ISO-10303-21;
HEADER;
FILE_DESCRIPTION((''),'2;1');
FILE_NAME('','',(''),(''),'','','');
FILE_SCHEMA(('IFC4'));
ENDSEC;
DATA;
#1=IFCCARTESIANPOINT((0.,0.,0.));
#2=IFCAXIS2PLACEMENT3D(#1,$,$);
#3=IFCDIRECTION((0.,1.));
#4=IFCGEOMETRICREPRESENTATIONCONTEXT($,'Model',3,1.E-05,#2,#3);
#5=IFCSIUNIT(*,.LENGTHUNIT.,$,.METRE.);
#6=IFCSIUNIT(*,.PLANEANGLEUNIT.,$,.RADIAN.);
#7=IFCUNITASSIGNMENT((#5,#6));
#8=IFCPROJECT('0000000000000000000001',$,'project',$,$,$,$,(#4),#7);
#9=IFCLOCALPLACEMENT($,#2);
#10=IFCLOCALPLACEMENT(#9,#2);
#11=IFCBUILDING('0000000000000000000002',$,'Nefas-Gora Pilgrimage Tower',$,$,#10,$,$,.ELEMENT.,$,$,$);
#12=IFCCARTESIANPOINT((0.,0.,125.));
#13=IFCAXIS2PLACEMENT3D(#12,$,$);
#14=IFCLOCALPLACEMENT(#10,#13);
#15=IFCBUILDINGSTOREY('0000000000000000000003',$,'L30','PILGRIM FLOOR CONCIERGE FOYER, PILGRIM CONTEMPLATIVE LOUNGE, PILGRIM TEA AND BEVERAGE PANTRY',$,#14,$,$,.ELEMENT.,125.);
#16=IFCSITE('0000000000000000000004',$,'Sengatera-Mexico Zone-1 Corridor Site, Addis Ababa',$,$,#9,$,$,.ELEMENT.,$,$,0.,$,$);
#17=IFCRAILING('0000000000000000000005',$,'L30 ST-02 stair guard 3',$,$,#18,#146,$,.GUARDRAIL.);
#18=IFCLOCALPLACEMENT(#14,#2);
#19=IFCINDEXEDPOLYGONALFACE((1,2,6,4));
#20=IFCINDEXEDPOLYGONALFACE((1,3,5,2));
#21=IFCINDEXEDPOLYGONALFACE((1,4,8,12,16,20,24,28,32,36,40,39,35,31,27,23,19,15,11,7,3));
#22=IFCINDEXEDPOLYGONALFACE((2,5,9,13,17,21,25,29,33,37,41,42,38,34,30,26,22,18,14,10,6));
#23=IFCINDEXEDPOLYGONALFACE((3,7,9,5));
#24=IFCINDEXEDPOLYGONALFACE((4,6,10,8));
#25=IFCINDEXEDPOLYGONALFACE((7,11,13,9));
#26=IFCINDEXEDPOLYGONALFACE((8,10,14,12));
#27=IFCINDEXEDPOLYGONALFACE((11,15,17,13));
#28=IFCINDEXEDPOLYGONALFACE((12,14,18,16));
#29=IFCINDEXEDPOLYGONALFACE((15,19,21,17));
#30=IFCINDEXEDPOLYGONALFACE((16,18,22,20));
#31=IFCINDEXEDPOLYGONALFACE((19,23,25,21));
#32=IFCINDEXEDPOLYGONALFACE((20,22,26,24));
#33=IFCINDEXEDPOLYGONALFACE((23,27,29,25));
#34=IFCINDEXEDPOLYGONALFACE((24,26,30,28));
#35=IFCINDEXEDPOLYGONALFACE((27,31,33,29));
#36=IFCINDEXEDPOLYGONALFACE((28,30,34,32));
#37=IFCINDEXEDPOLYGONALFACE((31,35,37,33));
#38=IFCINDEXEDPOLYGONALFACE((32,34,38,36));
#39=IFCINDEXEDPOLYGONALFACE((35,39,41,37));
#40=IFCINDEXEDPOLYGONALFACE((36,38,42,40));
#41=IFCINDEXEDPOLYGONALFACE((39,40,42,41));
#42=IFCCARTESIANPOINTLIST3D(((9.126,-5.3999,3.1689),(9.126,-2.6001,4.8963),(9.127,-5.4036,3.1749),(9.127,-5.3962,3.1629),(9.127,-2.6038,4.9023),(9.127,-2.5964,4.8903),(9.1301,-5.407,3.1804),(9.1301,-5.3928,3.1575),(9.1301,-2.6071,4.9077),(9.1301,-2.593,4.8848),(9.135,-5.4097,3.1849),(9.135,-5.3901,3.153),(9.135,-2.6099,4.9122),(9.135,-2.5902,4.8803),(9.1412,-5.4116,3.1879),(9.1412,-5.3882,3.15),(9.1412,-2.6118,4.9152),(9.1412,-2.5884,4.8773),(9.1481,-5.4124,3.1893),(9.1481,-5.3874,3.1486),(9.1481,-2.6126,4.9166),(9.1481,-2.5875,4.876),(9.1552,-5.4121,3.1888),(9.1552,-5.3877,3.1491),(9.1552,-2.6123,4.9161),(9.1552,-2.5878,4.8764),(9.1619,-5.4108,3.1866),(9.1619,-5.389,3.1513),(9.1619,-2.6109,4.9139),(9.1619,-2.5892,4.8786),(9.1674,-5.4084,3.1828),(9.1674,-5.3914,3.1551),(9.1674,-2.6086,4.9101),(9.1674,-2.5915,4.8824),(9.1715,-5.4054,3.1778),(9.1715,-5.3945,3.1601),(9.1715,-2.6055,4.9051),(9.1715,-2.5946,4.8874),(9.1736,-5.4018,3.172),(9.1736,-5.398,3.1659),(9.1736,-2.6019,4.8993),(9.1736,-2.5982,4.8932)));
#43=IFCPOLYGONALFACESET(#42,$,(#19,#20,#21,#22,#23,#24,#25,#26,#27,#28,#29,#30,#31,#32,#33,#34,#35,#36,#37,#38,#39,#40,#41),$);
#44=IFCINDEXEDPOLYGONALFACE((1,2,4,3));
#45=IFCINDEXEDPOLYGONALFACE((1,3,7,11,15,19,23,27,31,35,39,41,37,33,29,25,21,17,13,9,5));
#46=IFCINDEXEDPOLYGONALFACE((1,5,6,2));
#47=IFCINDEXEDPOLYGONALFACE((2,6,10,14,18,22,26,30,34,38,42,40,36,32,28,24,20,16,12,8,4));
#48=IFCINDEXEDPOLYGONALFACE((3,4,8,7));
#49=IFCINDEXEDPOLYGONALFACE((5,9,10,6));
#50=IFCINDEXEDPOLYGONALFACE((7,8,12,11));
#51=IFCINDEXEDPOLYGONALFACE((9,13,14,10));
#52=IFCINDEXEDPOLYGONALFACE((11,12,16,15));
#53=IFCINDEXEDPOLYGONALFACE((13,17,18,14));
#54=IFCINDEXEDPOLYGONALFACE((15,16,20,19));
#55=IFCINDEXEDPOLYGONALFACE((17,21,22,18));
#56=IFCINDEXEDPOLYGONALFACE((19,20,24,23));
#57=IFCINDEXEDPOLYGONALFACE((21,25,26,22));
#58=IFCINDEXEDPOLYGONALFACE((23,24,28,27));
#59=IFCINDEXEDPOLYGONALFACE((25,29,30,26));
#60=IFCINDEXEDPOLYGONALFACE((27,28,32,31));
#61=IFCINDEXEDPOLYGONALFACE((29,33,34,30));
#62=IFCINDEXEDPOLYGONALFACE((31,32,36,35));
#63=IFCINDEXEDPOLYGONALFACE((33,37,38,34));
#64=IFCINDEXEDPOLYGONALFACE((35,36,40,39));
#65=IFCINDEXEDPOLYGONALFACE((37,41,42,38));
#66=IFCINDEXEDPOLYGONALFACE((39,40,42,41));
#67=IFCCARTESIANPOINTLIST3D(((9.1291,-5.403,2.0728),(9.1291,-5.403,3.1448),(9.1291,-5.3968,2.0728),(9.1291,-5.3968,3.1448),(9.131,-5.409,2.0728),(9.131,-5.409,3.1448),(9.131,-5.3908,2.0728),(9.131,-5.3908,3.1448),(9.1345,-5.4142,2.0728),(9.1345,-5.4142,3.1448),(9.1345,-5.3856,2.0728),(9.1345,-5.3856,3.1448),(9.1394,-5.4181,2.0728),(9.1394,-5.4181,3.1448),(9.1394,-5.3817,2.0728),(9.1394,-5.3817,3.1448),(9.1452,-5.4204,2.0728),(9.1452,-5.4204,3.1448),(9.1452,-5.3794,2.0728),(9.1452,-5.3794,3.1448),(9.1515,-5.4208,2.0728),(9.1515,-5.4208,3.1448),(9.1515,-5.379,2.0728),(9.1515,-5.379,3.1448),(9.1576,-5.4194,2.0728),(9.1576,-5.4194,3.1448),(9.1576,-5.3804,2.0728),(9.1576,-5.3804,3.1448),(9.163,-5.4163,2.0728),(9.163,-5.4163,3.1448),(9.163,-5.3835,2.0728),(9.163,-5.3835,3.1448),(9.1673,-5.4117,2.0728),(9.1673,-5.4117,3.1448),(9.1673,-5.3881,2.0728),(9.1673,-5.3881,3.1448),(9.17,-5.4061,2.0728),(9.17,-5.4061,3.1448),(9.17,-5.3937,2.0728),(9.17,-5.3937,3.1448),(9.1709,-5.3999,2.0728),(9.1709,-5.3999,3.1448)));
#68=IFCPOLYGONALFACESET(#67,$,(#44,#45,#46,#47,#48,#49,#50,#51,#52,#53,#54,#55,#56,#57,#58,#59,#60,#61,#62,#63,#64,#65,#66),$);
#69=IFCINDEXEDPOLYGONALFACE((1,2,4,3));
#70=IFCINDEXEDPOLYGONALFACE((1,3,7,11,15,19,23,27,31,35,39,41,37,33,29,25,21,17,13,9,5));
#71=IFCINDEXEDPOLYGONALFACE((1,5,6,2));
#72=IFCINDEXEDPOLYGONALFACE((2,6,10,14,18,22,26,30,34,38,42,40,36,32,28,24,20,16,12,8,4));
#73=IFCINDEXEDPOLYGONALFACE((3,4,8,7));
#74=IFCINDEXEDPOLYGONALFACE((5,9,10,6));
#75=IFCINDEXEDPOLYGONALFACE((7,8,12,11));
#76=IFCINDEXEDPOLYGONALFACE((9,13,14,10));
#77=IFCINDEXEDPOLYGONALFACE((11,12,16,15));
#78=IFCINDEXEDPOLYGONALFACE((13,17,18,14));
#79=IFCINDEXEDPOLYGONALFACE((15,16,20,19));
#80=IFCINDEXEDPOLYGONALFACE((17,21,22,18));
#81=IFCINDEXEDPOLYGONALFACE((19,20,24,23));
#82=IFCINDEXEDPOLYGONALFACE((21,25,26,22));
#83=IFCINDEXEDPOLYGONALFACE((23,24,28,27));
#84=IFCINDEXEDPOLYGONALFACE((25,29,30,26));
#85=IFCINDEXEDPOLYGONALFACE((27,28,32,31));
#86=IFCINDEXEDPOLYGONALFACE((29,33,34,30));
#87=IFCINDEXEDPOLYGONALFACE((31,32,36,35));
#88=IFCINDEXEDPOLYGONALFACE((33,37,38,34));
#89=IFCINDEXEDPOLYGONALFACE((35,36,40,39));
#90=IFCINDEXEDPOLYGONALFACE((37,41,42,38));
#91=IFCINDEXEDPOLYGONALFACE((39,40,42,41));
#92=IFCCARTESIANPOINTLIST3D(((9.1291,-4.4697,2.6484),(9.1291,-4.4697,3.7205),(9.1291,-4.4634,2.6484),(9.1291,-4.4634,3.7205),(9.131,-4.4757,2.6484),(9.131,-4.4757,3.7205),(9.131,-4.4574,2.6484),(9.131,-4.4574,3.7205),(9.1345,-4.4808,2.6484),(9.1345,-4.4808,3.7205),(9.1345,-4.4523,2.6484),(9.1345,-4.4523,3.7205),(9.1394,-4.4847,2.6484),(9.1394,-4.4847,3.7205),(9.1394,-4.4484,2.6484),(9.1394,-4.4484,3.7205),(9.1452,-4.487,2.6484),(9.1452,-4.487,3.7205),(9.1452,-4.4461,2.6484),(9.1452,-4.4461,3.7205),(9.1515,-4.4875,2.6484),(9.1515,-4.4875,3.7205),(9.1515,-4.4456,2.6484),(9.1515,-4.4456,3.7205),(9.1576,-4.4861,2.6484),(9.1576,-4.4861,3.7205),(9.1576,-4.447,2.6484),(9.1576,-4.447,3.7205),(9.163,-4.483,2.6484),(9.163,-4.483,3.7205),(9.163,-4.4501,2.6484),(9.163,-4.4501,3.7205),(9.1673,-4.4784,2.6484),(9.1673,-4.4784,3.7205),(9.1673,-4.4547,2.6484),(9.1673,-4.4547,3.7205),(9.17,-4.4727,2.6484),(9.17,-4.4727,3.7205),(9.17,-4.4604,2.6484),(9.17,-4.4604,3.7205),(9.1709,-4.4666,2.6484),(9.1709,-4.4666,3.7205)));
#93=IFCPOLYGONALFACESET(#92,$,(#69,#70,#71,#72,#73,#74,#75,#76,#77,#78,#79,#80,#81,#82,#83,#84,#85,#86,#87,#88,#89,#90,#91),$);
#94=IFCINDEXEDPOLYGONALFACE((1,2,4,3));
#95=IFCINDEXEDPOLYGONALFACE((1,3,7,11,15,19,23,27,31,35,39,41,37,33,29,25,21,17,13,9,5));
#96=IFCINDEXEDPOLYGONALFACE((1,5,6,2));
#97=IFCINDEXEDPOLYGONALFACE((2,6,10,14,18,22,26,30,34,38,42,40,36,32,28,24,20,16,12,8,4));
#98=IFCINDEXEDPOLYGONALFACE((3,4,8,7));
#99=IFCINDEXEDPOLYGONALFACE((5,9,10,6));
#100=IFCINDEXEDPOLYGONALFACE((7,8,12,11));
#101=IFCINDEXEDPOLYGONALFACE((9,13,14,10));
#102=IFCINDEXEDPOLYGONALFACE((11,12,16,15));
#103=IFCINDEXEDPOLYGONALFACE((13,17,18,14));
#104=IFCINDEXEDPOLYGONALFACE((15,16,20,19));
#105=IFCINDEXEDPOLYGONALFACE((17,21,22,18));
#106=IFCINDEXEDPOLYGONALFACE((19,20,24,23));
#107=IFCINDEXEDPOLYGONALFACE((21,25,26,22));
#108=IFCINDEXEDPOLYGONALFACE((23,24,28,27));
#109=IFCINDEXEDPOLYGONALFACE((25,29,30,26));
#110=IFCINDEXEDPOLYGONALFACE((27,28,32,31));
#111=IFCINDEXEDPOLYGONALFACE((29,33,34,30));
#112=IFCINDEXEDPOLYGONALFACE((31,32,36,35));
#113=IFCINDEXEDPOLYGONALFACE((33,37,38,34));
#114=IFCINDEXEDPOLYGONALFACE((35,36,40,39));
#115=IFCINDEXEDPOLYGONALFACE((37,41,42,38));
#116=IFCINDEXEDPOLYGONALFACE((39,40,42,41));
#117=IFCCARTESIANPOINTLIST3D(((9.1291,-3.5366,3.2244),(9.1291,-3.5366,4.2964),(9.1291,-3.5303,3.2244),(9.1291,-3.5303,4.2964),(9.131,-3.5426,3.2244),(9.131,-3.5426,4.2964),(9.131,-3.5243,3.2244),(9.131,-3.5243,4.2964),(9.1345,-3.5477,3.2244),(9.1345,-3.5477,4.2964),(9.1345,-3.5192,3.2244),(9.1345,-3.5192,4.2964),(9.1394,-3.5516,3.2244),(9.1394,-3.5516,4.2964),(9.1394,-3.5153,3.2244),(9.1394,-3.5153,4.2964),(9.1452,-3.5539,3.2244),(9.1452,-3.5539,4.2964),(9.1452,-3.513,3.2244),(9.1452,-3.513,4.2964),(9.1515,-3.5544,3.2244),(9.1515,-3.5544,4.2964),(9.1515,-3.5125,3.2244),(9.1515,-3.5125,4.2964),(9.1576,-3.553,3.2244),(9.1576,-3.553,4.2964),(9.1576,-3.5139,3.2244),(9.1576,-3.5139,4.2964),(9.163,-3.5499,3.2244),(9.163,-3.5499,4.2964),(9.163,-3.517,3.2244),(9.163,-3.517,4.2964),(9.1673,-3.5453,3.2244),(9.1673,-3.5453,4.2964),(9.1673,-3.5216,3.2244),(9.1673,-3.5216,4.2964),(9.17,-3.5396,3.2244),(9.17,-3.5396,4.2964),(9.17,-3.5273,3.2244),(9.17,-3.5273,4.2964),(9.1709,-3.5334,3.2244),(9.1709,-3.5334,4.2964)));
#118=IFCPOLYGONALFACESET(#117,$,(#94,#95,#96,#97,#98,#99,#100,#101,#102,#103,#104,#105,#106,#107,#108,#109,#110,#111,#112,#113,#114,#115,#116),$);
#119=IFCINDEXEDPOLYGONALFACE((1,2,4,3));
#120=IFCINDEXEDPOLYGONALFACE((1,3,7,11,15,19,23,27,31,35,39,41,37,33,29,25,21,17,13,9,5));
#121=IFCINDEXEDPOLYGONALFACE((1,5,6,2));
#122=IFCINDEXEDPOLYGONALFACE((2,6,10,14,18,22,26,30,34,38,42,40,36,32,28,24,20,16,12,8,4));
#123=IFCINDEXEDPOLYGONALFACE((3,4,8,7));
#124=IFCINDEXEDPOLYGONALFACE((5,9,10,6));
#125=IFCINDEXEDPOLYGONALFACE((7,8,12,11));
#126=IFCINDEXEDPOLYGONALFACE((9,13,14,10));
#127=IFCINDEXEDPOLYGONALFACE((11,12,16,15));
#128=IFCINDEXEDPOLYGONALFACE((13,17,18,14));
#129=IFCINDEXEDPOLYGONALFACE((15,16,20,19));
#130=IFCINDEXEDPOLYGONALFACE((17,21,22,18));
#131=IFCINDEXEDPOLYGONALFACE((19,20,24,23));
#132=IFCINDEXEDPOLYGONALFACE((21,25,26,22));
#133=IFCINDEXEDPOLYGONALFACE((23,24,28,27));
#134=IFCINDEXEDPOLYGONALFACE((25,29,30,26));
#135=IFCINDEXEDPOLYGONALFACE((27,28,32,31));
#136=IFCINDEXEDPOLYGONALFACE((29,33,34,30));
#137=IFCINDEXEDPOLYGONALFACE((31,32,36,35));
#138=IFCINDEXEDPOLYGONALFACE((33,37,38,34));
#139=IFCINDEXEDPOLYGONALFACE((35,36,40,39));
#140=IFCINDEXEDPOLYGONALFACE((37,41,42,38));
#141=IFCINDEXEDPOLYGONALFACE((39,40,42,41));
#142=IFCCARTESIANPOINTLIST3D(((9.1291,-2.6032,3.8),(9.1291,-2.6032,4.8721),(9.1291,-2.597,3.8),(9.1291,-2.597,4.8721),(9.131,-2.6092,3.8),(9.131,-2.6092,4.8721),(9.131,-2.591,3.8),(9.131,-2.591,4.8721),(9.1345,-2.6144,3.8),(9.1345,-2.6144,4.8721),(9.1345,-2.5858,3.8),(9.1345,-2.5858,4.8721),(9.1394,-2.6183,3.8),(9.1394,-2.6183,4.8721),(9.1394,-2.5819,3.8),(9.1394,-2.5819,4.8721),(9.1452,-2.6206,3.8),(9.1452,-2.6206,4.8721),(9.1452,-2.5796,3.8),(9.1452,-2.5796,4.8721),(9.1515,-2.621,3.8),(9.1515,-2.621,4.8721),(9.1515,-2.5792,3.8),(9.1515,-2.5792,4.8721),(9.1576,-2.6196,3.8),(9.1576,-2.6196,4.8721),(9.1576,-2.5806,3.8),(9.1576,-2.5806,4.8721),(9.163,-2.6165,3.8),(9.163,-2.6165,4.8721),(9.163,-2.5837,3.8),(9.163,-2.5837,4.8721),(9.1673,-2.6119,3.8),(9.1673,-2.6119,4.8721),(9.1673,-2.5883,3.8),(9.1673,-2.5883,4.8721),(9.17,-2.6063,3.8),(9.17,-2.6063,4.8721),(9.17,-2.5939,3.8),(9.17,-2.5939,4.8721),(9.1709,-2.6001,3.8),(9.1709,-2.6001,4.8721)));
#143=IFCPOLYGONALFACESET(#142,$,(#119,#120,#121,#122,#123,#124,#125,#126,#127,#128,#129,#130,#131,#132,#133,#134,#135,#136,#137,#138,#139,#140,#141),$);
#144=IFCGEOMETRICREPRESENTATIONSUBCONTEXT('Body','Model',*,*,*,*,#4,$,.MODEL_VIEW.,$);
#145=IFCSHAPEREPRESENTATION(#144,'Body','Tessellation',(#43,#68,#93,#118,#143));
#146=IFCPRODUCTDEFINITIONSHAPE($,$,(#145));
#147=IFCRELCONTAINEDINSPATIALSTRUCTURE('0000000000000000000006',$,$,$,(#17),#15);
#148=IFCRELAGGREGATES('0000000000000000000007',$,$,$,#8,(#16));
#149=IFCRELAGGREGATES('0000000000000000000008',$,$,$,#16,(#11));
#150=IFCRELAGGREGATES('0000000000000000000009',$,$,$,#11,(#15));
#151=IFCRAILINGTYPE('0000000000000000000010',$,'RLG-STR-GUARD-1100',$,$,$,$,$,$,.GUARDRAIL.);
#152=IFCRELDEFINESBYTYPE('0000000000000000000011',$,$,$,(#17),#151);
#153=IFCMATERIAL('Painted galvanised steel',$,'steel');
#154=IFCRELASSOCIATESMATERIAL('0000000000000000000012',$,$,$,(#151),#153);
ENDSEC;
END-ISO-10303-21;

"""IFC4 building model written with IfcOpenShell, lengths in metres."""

from ifc_helpers import new_model, si_unit, direction, frame, origin, origin_2d, place, context, subcontext, project, spatial, circle, extrude, material, type_object, element, save


model = new_model("IFC4")

# Units and contexts
model_context = context("Model", 3, precision=1e-05, world=origin(), true_north=direction((0.0, 1.0)))
body_context = subcontext(model_context, "Body", "Model", "MODEL_VIEW")
ifc_project = project(units=[si_unit("LENGTHUNIT", "METRE"), si_unit("PLANEANGLEUNIT", "RADIAN")], contexts=[model_context])

# Site, building, storey
site_placement = place(None, origin())
site = spatial("IfcSite", under=ifc_project, at=site_placement, Name="Sengatera-Mexico Zone-1 Corridor Site, Addis Ababa", CompositionType="ELEMENT", RefElevation=0.0)
building_placement = place(site_placement, origin())
building = spatial("IfcBuilding", under=site, at=building_placement, Name="Nefas-Gora Pilgrimage Tower", CompositionType="ELEMENT")
storey_placement = place(building_placement, frame((0.0, 0.0, 125.0)))
storey = spatial("IfcBuildingStorey", under=building, at=storey_placement, Name="L30", Description="PILGRIM FLOOR CONCIERGE FOYER, PILGRIM CONTEMPLATIVE LOUNGE, PILGRIM TEA AND BEVERAGE PANTRY", CompositionType="ELEMENT", Elevation=125.0)

# Railing
ifc_material_1 = material(Name="Painted galvanised steel", Category="steel")
railing_type_1 = type_object("IfcRailingType", Name="RLG-STR-GUARD-1100", PredefinedType="GUARDRAIL", material=ifc_material_1)
railing_1_placement = place(storey_placement, frame((9.1499, -5.3999, 2.0728)))
element("IfcRailing", 1, at=railing_1_placement, inside=storey, type_object=railing_type_1, Name="L30 ST-02 stair guard 3", PredefinedType="GUARDRAIL", context=body_context, shape_type="SweptSolid", body=[
    extrude(circle(Radius=0.0239, at=origin_2d()), frame((0.0, 0.0, 1.0962), z_axis=(0.0, 0.851069, 0.525054), x_axis=(-1.0, 0.0, 0.0)), (0.0, 0.0, 1.0), 3.2898),
    extrude(circle(Radius=0.021, at=origin_2d()), origin(), (0.0, 0.0, 1.0), 1.072),
    extrude(circle(Radius=0.021, at=origin_2d()), frame((0.0, 0.9333, 0.5757)), (0.0, 0.0, 1.0), 1.072),
    extrude(circle(Radius=0.021, at=origin_2d()), frame((0.0, 1.8665, 1.1516)), (0.0, 0.0, 1.0), 1.072),
    extrude(circle(Radius=0.021, at=origin_2d()), frame((0.0, 2.7998, 1.7273)), (0.0, 0.0, 1.0), 1.072),
])

save(model, "model.ifc")
